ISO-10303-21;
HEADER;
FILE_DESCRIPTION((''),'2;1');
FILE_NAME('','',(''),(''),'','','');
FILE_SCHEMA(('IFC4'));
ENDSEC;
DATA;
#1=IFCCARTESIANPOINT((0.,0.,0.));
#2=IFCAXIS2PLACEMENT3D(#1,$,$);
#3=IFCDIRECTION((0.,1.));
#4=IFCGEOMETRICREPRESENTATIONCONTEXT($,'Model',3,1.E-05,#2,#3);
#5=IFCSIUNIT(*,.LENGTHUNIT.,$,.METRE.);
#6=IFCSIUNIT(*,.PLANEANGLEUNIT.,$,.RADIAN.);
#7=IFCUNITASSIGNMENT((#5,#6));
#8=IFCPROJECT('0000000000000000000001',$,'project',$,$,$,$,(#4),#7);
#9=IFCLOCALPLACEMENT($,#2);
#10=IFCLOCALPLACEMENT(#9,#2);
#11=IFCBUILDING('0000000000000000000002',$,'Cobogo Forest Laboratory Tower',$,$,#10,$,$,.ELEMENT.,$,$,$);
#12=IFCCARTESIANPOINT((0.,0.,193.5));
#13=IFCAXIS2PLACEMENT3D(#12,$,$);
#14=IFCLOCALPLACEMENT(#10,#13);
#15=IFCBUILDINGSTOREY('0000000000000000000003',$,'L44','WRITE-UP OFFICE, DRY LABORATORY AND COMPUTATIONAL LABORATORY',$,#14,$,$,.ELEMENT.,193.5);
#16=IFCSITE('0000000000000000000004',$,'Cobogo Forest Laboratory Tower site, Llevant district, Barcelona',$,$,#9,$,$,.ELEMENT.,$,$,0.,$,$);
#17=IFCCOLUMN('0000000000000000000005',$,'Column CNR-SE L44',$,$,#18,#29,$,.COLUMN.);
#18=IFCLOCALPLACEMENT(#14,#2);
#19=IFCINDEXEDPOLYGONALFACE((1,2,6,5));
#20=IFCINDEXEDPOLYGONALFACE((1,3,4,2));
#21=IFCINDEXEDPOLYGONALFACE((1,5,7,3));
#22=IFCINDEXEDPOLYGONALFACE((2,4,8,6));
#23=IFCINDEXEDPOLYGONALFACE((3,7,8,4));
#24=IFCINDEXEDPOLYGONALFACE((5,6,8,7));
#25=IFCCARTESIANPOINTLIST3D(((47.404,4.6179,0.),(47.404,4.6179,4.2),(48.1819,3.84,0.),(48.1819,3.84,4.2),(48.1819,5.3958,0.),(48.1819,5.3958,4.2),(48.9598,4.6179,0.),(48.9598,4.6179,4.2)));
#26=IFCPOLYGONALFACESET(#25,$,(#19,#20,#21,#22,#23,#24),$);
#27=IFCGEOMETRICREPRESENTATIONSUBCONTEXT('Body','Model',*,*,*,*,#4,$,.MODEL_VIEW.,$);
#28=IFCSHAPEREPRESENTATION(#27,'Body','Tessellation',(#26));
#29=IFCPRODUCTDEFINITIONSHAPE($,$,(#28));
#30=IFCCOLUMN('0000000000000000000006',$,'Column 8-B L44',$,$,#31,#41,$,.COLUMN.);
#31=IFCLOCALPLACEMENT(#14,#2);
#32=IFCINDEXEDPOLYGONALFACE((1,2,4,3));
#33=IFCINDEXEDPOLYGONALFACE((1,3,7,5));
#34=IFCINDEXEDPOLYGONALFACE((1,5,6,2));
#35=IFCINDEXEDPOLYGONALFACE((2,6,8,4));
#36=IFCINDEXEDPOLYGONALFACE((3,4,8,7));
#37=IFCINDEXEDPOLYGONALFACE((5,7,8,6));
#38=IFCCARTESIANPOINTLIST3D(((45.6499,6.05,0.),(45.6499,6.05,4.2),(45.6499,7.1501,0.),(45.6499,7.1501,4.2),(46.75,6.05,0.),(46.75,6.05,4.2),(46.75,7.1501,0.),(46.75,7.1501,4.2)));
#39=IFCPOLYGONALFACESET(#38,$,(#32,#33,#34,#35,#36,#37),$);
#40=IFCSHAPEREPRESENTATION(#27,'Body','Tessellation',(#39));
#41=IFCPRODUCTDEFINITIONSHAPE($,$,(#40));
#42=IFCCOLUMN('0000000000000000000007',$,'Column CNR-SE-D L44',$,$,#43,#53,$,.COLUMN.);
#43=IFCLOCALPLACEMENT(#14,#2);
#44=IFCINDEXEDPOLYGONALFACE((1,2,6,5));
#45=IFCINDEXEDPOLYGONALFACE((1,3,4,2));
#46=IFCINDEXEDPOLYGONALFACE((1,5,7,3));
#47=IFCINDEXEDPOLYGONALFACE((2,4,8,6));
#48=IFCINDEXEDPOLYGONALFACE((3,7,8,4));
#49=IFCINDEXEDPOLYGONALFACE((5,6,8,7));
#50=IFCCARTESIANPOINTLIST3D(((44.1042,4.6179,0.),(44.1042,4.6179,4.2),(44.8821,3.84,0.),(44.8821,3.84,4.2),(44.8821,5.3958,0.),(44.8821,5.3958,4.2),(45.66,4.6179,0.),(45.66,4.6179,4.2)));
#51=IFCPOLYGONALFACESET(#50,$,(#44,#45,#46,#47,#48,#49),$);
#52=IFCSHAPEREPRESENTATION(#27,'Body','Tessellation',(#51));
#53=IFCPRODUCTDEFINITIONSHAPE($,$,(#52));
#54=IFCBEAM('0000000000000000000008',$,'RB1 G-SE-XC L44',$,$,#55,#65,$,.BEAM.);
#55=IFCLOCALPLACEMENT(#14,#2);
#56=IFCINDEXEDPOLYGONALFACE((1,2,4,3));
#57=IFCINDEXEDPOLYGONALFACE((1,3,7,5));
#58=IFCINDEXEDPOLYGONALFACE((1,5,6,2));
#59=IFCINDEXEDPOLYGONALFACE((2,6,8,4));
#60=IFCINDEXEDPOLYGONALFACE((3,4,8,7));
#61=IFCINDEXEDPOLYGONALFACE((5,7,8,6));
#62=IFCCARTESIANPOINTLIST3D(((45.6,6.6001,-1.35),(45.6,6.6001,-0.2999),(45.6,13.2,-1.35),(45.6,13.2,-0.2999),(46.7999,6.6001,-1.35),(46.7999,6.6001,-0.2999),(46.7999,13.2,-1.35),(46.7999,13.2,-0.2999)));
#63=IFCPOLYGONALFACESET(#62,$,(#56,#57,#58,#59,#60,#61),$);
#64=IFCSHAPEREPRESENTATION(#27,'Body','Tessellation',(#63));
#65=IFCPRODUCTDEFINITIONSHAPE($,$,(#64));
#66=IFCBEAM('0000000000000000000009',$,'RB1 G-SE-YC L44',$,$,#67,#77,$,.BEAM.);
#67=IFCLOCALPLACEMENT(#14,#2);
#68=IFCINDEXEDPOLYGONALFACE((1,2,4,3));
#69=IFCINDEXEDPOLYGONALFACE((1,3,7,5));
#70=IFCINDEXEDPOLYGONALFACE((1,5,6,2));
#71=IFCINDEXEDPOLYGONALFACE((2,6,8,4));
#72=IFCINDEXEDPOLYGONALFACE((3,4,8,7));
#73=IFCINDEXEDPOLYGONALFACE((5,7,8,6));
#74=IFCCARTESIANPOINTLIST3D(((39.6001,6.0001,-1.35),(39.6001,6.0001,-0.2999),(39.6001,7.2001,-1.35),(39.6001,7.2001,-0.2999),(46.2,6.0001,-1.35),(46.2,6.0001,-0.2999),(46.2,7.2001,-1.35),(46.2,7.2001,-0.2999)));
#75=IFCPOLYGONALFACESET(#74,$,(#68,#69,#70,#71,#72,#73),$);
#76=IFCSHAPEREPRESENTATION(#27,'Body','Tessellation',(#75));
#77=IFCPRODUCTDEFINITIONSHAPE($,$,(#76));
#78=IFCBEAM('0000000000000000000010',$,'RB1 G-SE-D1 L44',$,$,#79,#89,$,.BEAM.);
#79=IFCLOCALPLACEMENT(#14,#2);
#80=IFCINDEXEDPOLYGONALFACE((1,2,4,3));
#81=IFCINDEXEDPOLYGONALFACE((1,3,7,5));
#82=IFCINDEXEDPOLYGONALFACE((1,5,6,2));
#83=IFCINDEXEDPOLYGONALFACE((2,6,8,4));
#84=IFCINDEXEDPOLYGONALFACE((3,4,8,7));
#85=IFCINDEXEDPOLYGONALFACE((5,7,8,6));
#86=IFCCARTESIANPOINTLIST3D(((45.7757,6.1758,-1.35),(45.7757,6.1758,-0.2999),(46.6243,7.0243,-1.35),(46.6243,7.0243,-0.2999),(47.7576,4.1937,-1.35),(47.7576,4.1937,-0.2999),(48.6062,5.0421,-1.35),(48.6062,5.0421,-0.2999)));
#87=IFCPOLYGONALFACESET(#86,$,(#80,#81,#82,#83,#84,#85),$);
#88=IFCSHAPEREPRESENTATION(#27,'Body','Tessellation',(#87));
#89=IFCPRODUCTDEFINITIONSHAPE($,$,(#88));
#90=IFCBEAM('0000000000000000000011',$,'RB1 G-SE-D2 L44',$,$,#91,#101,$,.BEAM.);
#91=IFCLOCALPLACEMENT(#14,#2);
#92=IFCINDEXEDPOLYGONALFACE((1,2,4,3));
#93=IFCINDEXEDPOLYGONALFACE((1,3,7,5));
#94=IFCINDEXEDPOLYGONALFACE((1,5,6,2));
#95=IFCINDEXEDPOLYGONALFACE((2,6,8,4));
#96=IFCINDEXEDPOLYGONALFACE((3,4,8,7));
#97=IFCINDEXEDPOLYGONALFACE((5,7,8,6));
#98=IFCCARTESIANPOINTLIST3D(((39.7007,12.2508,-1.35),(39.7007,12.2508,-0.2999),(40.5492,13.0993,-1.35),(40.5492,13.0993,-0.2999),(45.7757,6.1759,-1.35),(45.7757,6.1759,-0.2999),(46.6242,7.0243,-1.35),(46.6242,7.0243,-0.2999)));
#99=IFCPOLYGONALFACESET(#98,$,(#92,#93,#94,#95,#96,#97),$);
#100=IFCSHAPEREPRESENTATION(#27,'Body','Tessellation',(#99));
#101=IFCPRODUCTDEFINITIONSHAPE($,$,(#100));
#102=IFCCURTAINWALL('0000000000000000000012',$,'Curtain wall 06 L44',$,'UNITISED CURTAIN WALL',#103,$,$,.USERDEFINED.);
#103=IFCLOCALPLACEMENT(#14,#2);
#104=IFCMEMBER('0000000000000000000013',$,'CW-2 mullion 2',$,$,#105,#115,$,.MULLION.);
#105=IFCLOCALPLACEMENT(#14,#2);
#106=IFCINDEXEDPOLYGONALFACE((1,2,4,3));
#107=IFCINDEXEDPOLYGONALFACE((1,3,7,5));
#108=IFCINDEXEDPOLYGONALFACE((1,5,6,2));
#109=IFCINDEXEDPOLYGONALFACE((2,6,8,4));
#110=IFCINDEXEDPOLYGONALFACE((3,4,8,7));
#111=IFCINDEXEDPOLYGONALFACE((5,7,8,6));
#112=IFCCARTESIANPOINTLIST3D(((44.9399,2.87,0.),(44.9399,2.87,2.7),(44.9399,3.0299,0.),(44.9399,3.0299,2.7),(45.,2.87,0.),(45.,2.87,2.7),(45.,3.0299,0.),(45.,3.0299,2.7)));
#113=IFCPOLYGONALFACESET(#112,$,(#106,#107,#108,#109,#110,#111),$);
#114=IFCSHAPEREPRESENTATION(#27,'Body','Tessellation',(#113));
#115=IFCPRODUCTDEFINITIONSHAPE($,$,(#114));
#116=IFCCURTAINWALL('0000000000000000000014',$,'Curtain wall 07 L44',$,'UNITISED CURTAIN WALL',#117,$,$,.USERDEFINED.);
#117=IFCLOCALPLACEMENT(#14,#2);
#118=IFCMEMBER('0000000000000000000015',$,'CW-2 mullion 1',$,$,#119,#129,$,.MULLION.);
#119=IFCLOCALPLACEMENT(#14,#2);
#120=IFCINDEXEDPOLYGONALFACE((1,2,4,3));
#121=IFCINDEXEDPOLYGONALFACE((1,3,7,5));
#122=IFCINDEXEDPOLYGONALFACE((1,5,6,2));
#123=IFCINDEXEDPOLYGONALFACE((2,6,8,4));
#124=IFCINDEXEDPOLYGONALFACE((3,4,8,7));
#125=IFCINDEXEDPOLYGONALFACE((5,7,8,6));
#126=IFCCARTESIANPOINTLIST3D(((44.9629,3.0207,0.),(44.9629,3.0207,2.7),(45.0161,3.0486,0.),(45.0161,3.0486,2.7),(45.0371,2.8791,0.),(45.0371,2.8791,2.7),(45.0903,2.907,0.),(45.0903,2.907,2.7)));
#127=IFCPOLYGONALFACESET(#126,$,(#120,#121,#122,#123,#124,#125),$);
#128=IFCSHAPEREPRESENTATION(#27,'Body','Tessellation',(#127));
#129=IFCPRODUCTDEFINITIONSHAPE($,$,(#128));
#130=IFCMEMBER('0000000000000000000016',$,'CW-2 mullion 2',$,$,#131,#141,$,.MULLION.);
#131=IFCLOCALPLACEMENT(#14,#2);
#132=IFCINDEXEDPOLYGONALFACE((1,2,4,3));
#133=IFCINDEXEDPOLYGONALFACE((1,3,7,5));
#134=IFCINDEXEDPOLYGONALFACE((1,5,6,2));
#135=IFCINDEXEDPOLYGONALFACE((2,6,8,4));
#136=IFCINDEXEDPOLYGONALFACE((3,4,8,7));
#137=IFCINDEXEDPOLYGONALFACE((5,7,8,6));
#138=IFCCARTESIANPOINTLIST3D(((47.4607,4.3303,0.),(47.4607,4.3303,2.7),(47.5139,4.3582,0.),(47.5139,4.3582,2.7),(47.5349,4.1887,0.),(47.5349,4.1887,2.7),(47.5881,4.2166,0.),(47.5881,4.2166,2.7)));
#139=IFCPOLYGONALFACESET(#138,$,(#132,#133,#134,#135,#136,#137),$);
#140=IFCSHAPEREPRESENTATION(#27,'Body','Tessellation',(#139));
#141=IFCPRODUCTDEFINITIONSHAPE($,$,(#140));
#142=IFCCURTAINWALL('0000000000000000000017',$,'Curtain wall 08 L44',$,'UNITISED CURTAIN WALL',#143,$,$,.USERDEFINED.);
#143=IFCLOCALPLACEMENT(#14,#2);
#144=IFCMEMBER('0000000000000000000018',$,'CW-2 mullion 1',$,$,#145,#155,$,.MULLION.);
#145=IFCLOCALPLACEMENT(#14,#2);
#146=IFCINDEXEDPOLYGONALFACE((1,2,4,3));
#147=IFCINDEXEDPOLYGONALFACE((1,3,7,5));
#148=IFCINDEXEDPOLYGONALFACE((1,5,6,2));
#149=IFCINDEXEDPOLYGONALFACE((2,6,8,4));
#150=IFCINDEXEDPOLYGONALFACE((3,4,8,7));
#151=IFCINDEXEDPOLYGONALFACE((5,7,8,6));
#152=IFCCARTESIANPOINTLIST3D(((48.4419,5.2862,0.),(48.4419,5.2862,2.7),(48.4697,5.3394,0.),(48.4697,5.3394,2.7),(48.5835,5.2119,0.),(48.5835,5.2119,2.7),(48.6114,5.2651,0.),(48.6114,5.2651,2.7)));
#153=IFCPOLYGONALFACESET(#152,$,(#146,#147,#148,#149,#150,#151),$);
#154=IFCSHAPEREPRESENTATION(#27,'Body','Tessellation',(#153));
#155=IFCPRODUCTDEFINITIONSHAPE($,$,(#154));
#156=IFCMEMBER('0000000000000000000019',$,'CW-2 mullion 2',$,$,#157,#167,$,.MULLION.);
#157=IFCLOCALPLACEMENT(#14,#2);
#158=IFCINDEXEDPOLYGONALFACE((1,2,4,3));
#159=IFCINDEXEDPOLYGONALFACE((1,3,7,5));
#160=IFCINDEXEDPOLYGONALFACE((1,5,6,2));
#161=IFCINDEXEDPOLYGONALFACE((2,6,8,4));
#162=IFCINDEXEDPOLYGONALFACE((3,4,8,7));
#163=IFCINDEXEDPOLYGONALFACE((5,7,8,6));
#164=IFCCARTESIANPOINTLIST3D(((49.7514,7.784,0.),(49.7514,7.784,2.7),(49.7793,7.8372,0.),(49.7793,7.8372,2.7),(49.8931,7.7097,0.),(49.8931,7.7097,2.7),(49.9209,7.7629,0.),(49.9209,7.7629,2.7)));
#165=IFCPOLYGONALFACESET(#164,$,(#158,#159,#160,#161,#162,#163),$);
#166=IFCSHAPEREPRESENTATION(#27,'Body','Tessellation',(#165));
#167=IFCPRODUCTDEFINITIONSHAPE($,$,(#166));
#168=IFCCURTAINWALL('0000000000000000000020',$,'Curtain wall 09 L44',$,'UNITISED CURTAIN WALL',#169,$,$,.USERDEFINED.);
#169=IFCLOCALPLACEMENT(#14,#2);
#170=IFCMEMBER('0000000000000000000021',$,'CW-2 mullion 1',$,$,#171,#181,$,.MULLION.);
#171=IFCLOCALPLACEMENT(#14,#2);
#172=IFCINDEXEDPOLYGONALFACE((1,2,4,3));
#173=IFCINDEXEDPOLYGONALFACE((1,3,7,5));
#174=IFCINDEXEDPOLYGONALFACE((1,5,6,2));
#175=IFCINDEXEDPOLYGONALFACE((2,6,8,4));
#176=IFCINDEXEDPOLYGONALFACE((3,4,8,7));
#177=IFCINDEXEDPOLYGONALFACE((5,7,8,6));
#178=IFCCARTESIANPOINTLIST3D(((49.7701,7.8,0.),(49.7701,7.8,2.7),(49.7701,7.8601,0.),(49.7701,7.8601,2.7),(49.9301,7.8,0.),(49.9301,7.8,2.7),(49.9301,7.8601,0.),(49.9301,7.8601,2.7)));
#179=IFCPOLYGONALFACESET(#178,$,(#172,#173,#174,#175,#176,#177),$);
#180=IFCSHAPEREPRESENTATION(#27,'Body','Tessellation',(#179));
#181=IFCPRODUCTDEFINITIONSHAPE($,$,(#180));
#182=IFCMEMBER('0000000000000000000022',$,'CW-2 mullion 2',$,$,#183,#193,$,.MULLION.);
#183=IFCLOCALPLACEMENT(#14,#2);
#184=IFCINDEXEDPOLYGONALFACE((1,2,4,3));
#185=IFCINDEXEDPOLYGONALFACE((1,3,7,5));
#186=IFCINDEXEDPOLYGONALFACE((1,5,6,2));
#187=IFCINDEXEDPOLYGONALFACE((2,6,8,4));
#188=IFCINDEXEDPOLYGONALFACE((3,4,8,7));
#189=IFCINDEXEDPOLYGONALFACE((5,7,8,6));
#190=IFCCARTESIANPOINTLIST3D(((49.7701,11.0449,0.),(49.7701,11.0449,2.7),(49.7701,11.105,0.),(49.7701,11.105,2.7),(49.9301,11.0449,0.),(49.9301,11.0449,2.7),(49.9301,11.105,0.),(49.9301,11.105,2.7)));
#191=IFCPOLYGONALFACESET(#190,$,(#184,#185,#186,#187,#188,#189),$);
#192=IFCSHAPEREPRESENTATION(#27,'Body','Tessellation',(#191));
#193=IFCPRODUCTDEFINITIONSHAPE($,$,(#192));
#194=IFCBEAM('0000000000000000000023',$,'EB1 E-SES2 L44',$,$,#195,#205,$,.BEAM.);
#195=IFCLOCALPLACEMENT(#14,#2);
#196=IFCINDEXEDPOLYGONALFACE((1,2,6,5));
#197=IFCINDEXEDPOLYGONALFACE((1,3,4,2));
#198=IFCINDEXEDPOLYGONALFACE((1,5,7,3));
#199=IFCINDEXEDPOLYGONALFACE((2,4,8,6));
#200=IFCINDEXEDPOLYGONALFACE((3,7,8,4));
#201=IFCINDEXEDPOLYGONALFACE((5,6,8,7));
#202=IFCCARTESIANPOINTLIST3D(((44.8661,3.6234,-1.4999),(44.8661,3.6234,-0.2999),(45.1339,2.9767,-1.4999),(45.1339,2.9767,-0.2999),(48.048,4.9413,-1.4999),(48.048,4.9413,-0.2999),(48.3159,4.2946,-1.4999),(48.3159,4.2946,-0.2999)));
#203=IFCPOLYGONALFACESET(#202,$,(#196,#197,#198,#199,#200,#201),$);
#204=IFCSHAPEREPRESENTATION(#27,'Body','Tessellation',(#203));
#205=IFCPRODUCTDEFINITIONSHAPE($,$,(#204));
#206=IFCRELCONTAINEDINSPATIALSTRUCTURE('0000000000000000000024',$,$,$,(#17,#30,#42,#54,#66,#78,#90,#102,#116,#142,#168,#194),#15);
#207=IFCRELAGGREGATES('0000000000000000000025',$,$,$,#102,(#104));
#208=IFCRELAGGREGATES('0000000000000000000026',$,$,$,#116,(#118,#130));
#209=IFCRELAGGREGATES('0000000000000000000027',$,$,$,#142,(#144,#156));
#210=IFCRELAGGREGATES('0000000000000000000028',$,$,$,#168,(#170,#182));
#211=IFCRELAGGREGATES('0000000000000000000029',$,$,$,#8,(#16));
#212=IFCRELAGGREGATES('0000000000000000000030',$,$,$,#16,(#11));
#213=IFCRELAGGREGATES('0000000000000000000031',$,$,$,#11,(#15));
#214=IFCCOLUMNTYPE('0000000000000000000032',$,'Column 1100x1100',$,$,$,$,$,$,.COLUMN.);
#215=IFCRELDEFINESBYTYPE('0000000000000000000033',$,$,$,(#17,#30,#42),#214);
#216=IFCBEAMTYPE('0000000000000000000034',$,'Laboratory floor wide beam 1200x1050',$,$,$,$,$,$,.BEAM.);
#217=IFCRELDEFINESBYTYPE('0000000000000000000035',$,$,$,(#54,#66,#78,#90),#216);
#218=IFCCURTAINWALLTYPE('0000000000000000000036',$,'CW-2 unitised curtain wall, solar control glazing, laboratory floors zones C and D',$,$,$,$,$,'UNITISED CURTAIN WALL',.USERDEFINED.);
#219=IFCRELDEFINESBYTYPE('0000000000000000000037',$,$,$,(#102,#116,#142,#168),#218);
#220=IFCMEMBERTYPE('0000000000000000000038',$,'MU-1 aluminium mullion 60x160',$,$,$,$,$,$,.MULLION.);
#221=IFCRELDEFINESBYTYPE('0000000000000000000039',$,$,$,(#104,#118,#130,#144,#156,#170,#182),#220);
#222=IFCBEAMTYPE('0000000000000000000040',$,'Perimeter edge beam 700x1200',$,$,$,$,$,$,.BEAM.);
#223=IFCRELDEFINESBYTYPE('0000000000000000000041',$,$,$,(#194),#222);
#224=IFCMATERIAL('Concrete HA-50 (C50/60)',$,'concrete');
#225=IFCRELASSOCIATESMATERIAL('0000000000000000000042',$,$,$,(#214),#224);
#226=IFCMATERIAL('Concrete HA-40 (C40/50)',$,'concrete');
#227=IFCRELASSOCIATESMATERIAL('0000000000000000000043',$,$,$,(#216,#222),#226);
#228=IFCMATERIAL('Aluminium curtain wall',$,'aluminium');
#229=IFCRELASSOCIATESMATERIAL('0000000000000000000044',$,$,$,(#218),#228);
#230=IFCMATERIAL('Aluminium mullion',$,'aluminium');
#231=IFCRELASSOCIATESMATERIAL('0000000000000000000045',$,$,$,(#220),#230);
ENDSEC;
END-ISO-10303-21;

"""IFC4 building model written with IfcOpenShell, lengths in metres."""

from ifc_helpers import new_model, si_unit, direction, frame, origin, origin_2d, place, context, subcontext, project, spatial, rectangle, extrude, material, material_profile, profile_set, type_object, element, aggregate, save


model = new_model("IFC4")

# Units and contexts
model_context = context("Model", 3, precision=1e-05, world=origin(), true_north=direction((0.0, 1.0)))
body_context = subcontext(model_context, "Body", "Model", "MODEL_VIEW")
ifc_project = project(units=[si_unit("LENGTHUNIT", "METRE"), si_unit("PLANEANGLEUNIT", "RADIAN")], contexts=[model_context])

# Site, building, storey
site_placement = place(None, origin())
site = spatial("IfcSite", under=ifc_project, at=site_placement, Name="Cobogo Forest Laboratory Tower site, Llevant district, Barcelona", CompositionType="ELEMENT", RefElevation=0.0)
building_placement = place(site_placement, origin())
building = spatial("IfcBuilding", under=site, at=building_placement, Name="Cobogo Forest Laboratory Tower", CompositionType="ELEMENT")
storey_placement = place(building_placement, frame((0.0, 0.0, 193.5)))
storey = spatial("IfcBuildingStorey", under=building, at=storey_placement, Name="L44", Description="WRITE-UP OFFICE, DRY LABORATORY AND COMPUTATIONAL LABORATORY", CompositionType="ELEMENT", Elevation=193.5)

# Columns
ifc_material_1 = material(Name="Concrete HA-50 (C50/60)", Category="concrete")
ifc_material_profile_1 = material_profile(ifc_material_1, rectangle(XDim=1.1001, YDim=1.1001, at=origin_2d()), Name="RC 1100x1100")
ifc_profile_set_1 = profile_set([ifc_material_profile_1], Name="Concrete HA-50 (C50/60)")
column_type = type_object("IfcColumnType", Name="Column 1100x1100", PredefinedType="COLUMN", material=ifc_profile_set_1)
for number, where, z_axis, x_axis, name in (
    (1, (48.1819, 4.6179, 0.0), (0.0, 0.0, 1.0), (0.707107, 0.707107, 0.0), "Column CNR-SE L44"),
    (2, (46.2, 6.6001, 0.0), (0.0, 0.0, 1.0), (1.0, 0.0, 0.0), "Column 8-B L44"),
    (3, (44.8821, 4.6179, 0.0), (0.0, 0.0, 1.0), (0.707107, 0.707107, 0.0), "Column CNR-SE-D L44"),
):
    element("IfcColumn", number, at=place(storey_placement, frame(where, z_axis=z_axis, x_axis=x_axis)), inside=storey, type_object=column_type, Name=name, PredefinedType="COLUMN", context=body_context, shape_type="SweptSolid", body=[
        extrude(rectangle(XDim=1.1001, YDim=1.1001, at=origin_2d()), origin(), (0.0, 0.0, 1.0), 4.2),
    ])

# Beams
ifc_material_2 = material(Name="Concrete HA-40 (C40/50)", Category="concrete")
ifc_material_profile_2 = material_profile(ifc_material_2, rectangle(XDim=1.2, YDim=1.05, at=origin_2d()), Name="RC 1200x1050")
ifc_profile_set_2 = profile_set([ifc_material_profile_2], Name="Concrete HA-40 (C40/50)")
beam_type_1 = type_object("IfcBeamType", Name="Laboratory floor wide beam 1200x1050", PredefinedType="BEAM", material=ifc_profile_set_2)
for number, where, z_axis, x_axis, name in (
    (4, (46.2, 6.6001, -0.825), (0.0, 1.0, 0.0), (-1.0, 0.0, 0.0), "RB1 G-SE-XC L44"),
    (5, (46.2, 6.6001, -0.825), (-1.0, 0.0, 0.0), (0.0, -1.0, 0.0), "RB1 G-SE-YC L44"),
):
    element("IfcBeam", number, at=place(storey_placement, frame(where, z_axis=z_axis, x_axis=x_axis)), inside=storey, type_object=beam_type_1, Name=name, PredefinedType="BEAM", context=body_context, shape_type="SweptSolid", body=[
        extrude(rectangle(XDim=1.2, YDim=1.05, at=origin_2d()), origin(), (0.0, 0.0, 1.0), 6.5999),
    ])
beam_1_placement = place(storey_placement, frame((48.1819, 4.6179, -0.825), z_axis=(-0.707063, 0.70715, 0.0), x_axis=(-0.70715, -0.707063, 0.0)))
element("IfcBeam", 6, at=beam_1_placement, inside=storey, type_object=beam_type_1, Name="RB1 G-SE-D1 L44", PredefinedType="BEAM", context=body_context, shape_type="SweptSolid", body=[
    extrude(rectangle(XDim=1.2, YDim=1.05, at=origin_2d()), origin(), (0.0, 0.0, 1.0), 2.803),
])
beam_2_placement = place(storey_placement, frame((46.2, 6.6001, -0.825), z_axis=(-0.707107, 0.707107, 0.0), x_axis=(-0.707107, -0.707107, 0.0)))
element("IfcBeam", 7, at=beam_2_placement, inside=storey, type_object=beam_type_1, Name="RB1 G-SE-D2 L44", PredefinedType="BEAM", context=body_context, shape_type="SweptSolid", body=[
    extrude(rectangle(XDim=1.2, YDim=1.05, at=origin_2d()), origin(), (0.0, 0.0, 1.0), 8.5913),
])

# Curtain wall, member
ifc_material_3 = material(Name="Aluminium curtain wall", Category="aluminium")
curtain_wall_type = type_object("IfcCurtainWallType", Name="CW-2 unitised curtain wall, solar control glazing, laboratory floors zones C and D", ElementType="UNITISED CURTAIN WALL", PredefinedType="USERDEFINED", material=ifc_material_3)
curtain_wall_1_placement = place(storey_placement, origin())
curtain_wall_1 = element("IfcCurtainWall", 8, at=curtain_wall_1_placement, inside=storey, type_object=curtain_wall_type, Name="Curtain wall 06 L44", ObjectType="UNITISED CURTAIN WALL", PredefinedType="USERDEFINED")
ifc_material_4 = material(Name="Aluminium mullion", Category="aluminium")
ifc_material_profile_3 = material_profile(ifc_material_4, rectangle(XDim=0.0601, YDim=0.1599, at=origin_2d()), Name="AL 60x160")
ifc_profile_set_3 = profile_set([ifc_material_profile_3], Name="Aluminium mullion")
member_type_1 = type_object("IfcMemberType", Name="MU-1 aluminium mullion 60x160", PredefinedType="MULLION", material=ifc_profile_set_3)
member_1_placement = place(storey_placement, frame((44.97, 2.95, 0.0), z_axis=(0.0, 0.0, 1.0), x_axis=(1.0, 0.0, 0.0)))
member_1 = element("IfcMember", 9, at=member_1_placement, type_object=member_type_1, Name="CW-2 mullion 2", PredefinedType="MULLION", context=body_context, shape_type="SweptSolid", body=[
    extrude(rectangle(XDim=0.0601, YDim=0.1599, at=origin_2d()), origin(), (0.0, 0.0, 1.0), 2.7),
])

# Curtain walls, members
curtain_wall_2_placement = place(storey_placement, origin())
curtain_wall_2 = element("IfcCurtainWall", 10, at=curtain_wall_2_placement, inside=storey, type_object=curtain_wall_type, Name="Curtain wall 07 L44", ObjectType="UNITISED CURTAIN WALL", PredefinedType="USERDEFINED")
member_2_placement = place(storey_placement, frame((45.0266, 2.9639, 0.0), z_axis=(0.0, 0.0, 1.0), x_axis=(0.885686, 0.464284, 0.0)))
member_2 = element("IfcMember", 11, at=member_2_placement, type_object=member_type_1, Name="CW-2 mullion 1", PredefinedType="MULLION", context=body_context, shape_type="SweptSolid", body=[
    extrude(rectangle(XDim=0.0601, YDim=0.1599, at=origin_2d()), origin(), (0.0, 0.0, 1.0), 2.7),
])
member_3_placement = place(storey_placement, frame((47.5244, 4.2734, 0.0), z_axis=(0.0, 0.0, 1.0), x_axis=(0.885686, 0.464284, 0.0)))
member_3 = element("IfcMember", 12, at=member_3_placement, type_object=member_type_1, Name="CW-2 mullion 2", PredefinedType="MULLION", context=body_context, shape_type="SweptSolid", body=[
    extrude(rectangle(XDim=0.0601, YDim=0.1599, at=origin_2d()), origin(), (0.0, 0.0, 1.0), 2.7),
])
curtain_wall_3_placement = place(storey_placement, origin())
curtain_wall_3 = element("IfcCurtainWall", 13, at=curtain_wall_3_placement, inside=storey, type_object=curtain_wall_type, Name="Curtain wall 08 L44", ObjectType="UNITISED CURTAIN WALL", PredefinedType="USERDEFINED")
member_4_placement = place(storey_placement, frame((48.5266, 5.2756, 0.0), z_axis=(0.0, 0.0, 1.0), x_axis=(0.464284, 0.885686, 0.0)))
member_4 = element("IfcMember", 14, at=member_4_placement, type_object=member_type_1, Name="CW-2 mullion 1", PredefinedType="MULLION", context=body_context, shape_type="SweptSolid", body=[
    extrude(rectangle(XDim=0.0601, YDim=0.1599, at=origin_2d()), origin(), (0.0, 0.0, 1.0), 2.7),
])
member_5_placement = place(storey_placement, frame((49.8362, 7.7734, 0.0), z_axis=(0.0, 0.0, 1.0), x_axis=(0.464284, 0.885686, 0.0)))
member_5 = element("IfcMember", 15, at=member_5_placement, type_object=member_type_1, Name="CW-2 mullion 2", PredefinedType="MULLION", context=body_context, shape_type="SweptSolid", body=[
    extrude(rectangle(XDim=0.0601, YDim=0.1599, at=origin_2d()), origin(), (0.0, 0.0, 1.0), 2.7),
])
curtain_wall_4_placement = place(storey_placement, origin())
curtain_wall_4 = element("IfcCurtainWall", 16, at=curtain_wall_4_placement, inside=storey, type_object=curtain_wall_type, Name="Curtain wall 09 L44", ObjectType="UNITISED CURTAIN WALL", PredefinedType="USERDEFINED")
member_6_placement = place(storey_placement, frame((49.8501, 7.8301, 0.0), z_axis=(0.0, 0.0, 1.0), x_axis=(0.0, 1.0, 0.0)))
member_6 = element("IfcMember", 17, at=member_6_placement, type_object=member_type_1, Name="CW-2 mullion 1", PredefinedType="MULLION", context=body_context, shape_type="SweptSolid", body=[
    extrude(rectangle(XDim=0.0601, YDim=0.1599, at=origin_2d()), origin(), (0.0, 0.0, 1.0), 2.7),
])
member_7_placement = place(storey_placement, frame((49.8501, 11.075, 0.0), z_axis=(0.0, 0.0, 1.0), x_axis=(0.0, 1.0, 0.0)))
member_7 = element("IfcMember", 18, at=member_7_placement, type_object=member_type_1, Name="CW-2 mullion 2", PredefinedType="MULLION", context=body_context, shape_type="SweptSolid", body=[
    extrude(rectangle(XDim=0.0601, YDim=0.1599, at=origin_2d()), origin(), (0.0, 0.0, 1.0), 2.7),
])

# Beam
ifc_material_profile_4 = material_profile(ifc_material_2, rectangle(XDim=0.7, YDim=1.2, at=origin_2d()), Name="RC 700x1200")
ifc_profile_set_4 = profile_set([ifc_material_profile_4], Name="Concrete HA-40 (C40/50)")
beam_type_2 = type_object("IfcBeamType", Name="Perimeter edge beam 700x1200", PredefinedType="BEAM", material=ifc_profile_set_4)
beam_3_placement = place(storey_placement, frame((45.0, 3.3, -0.8999), z_axis=(0.923891, 0.382656, 0.0), x_axis=(-0.382656, 0.923891, 0.0)))
element("IfcBeam", 19, at=beam_3_placement, inside=storey, type_object=beam_type_2, Name="EB1 E-SES2 L44", PredefinedType="BEAM", context=body_context, shape_type="SweptSolid", body=[
    extrude(rectangle(XDim=0.7, YDim=1.2, at=origin_2d()), origin(), (0.0, 0.0, 1.0), 3.4441),
])

aggregate(curtain_wall_1, [member_1])
aggregate(curtain_wall_2, [member_2, member_3])
aggregate(curtain_wall_3, [member_4, member_5])
aggregate(curtain_wall_4, [member_6, member_7])

save(model, "model.ifc")
